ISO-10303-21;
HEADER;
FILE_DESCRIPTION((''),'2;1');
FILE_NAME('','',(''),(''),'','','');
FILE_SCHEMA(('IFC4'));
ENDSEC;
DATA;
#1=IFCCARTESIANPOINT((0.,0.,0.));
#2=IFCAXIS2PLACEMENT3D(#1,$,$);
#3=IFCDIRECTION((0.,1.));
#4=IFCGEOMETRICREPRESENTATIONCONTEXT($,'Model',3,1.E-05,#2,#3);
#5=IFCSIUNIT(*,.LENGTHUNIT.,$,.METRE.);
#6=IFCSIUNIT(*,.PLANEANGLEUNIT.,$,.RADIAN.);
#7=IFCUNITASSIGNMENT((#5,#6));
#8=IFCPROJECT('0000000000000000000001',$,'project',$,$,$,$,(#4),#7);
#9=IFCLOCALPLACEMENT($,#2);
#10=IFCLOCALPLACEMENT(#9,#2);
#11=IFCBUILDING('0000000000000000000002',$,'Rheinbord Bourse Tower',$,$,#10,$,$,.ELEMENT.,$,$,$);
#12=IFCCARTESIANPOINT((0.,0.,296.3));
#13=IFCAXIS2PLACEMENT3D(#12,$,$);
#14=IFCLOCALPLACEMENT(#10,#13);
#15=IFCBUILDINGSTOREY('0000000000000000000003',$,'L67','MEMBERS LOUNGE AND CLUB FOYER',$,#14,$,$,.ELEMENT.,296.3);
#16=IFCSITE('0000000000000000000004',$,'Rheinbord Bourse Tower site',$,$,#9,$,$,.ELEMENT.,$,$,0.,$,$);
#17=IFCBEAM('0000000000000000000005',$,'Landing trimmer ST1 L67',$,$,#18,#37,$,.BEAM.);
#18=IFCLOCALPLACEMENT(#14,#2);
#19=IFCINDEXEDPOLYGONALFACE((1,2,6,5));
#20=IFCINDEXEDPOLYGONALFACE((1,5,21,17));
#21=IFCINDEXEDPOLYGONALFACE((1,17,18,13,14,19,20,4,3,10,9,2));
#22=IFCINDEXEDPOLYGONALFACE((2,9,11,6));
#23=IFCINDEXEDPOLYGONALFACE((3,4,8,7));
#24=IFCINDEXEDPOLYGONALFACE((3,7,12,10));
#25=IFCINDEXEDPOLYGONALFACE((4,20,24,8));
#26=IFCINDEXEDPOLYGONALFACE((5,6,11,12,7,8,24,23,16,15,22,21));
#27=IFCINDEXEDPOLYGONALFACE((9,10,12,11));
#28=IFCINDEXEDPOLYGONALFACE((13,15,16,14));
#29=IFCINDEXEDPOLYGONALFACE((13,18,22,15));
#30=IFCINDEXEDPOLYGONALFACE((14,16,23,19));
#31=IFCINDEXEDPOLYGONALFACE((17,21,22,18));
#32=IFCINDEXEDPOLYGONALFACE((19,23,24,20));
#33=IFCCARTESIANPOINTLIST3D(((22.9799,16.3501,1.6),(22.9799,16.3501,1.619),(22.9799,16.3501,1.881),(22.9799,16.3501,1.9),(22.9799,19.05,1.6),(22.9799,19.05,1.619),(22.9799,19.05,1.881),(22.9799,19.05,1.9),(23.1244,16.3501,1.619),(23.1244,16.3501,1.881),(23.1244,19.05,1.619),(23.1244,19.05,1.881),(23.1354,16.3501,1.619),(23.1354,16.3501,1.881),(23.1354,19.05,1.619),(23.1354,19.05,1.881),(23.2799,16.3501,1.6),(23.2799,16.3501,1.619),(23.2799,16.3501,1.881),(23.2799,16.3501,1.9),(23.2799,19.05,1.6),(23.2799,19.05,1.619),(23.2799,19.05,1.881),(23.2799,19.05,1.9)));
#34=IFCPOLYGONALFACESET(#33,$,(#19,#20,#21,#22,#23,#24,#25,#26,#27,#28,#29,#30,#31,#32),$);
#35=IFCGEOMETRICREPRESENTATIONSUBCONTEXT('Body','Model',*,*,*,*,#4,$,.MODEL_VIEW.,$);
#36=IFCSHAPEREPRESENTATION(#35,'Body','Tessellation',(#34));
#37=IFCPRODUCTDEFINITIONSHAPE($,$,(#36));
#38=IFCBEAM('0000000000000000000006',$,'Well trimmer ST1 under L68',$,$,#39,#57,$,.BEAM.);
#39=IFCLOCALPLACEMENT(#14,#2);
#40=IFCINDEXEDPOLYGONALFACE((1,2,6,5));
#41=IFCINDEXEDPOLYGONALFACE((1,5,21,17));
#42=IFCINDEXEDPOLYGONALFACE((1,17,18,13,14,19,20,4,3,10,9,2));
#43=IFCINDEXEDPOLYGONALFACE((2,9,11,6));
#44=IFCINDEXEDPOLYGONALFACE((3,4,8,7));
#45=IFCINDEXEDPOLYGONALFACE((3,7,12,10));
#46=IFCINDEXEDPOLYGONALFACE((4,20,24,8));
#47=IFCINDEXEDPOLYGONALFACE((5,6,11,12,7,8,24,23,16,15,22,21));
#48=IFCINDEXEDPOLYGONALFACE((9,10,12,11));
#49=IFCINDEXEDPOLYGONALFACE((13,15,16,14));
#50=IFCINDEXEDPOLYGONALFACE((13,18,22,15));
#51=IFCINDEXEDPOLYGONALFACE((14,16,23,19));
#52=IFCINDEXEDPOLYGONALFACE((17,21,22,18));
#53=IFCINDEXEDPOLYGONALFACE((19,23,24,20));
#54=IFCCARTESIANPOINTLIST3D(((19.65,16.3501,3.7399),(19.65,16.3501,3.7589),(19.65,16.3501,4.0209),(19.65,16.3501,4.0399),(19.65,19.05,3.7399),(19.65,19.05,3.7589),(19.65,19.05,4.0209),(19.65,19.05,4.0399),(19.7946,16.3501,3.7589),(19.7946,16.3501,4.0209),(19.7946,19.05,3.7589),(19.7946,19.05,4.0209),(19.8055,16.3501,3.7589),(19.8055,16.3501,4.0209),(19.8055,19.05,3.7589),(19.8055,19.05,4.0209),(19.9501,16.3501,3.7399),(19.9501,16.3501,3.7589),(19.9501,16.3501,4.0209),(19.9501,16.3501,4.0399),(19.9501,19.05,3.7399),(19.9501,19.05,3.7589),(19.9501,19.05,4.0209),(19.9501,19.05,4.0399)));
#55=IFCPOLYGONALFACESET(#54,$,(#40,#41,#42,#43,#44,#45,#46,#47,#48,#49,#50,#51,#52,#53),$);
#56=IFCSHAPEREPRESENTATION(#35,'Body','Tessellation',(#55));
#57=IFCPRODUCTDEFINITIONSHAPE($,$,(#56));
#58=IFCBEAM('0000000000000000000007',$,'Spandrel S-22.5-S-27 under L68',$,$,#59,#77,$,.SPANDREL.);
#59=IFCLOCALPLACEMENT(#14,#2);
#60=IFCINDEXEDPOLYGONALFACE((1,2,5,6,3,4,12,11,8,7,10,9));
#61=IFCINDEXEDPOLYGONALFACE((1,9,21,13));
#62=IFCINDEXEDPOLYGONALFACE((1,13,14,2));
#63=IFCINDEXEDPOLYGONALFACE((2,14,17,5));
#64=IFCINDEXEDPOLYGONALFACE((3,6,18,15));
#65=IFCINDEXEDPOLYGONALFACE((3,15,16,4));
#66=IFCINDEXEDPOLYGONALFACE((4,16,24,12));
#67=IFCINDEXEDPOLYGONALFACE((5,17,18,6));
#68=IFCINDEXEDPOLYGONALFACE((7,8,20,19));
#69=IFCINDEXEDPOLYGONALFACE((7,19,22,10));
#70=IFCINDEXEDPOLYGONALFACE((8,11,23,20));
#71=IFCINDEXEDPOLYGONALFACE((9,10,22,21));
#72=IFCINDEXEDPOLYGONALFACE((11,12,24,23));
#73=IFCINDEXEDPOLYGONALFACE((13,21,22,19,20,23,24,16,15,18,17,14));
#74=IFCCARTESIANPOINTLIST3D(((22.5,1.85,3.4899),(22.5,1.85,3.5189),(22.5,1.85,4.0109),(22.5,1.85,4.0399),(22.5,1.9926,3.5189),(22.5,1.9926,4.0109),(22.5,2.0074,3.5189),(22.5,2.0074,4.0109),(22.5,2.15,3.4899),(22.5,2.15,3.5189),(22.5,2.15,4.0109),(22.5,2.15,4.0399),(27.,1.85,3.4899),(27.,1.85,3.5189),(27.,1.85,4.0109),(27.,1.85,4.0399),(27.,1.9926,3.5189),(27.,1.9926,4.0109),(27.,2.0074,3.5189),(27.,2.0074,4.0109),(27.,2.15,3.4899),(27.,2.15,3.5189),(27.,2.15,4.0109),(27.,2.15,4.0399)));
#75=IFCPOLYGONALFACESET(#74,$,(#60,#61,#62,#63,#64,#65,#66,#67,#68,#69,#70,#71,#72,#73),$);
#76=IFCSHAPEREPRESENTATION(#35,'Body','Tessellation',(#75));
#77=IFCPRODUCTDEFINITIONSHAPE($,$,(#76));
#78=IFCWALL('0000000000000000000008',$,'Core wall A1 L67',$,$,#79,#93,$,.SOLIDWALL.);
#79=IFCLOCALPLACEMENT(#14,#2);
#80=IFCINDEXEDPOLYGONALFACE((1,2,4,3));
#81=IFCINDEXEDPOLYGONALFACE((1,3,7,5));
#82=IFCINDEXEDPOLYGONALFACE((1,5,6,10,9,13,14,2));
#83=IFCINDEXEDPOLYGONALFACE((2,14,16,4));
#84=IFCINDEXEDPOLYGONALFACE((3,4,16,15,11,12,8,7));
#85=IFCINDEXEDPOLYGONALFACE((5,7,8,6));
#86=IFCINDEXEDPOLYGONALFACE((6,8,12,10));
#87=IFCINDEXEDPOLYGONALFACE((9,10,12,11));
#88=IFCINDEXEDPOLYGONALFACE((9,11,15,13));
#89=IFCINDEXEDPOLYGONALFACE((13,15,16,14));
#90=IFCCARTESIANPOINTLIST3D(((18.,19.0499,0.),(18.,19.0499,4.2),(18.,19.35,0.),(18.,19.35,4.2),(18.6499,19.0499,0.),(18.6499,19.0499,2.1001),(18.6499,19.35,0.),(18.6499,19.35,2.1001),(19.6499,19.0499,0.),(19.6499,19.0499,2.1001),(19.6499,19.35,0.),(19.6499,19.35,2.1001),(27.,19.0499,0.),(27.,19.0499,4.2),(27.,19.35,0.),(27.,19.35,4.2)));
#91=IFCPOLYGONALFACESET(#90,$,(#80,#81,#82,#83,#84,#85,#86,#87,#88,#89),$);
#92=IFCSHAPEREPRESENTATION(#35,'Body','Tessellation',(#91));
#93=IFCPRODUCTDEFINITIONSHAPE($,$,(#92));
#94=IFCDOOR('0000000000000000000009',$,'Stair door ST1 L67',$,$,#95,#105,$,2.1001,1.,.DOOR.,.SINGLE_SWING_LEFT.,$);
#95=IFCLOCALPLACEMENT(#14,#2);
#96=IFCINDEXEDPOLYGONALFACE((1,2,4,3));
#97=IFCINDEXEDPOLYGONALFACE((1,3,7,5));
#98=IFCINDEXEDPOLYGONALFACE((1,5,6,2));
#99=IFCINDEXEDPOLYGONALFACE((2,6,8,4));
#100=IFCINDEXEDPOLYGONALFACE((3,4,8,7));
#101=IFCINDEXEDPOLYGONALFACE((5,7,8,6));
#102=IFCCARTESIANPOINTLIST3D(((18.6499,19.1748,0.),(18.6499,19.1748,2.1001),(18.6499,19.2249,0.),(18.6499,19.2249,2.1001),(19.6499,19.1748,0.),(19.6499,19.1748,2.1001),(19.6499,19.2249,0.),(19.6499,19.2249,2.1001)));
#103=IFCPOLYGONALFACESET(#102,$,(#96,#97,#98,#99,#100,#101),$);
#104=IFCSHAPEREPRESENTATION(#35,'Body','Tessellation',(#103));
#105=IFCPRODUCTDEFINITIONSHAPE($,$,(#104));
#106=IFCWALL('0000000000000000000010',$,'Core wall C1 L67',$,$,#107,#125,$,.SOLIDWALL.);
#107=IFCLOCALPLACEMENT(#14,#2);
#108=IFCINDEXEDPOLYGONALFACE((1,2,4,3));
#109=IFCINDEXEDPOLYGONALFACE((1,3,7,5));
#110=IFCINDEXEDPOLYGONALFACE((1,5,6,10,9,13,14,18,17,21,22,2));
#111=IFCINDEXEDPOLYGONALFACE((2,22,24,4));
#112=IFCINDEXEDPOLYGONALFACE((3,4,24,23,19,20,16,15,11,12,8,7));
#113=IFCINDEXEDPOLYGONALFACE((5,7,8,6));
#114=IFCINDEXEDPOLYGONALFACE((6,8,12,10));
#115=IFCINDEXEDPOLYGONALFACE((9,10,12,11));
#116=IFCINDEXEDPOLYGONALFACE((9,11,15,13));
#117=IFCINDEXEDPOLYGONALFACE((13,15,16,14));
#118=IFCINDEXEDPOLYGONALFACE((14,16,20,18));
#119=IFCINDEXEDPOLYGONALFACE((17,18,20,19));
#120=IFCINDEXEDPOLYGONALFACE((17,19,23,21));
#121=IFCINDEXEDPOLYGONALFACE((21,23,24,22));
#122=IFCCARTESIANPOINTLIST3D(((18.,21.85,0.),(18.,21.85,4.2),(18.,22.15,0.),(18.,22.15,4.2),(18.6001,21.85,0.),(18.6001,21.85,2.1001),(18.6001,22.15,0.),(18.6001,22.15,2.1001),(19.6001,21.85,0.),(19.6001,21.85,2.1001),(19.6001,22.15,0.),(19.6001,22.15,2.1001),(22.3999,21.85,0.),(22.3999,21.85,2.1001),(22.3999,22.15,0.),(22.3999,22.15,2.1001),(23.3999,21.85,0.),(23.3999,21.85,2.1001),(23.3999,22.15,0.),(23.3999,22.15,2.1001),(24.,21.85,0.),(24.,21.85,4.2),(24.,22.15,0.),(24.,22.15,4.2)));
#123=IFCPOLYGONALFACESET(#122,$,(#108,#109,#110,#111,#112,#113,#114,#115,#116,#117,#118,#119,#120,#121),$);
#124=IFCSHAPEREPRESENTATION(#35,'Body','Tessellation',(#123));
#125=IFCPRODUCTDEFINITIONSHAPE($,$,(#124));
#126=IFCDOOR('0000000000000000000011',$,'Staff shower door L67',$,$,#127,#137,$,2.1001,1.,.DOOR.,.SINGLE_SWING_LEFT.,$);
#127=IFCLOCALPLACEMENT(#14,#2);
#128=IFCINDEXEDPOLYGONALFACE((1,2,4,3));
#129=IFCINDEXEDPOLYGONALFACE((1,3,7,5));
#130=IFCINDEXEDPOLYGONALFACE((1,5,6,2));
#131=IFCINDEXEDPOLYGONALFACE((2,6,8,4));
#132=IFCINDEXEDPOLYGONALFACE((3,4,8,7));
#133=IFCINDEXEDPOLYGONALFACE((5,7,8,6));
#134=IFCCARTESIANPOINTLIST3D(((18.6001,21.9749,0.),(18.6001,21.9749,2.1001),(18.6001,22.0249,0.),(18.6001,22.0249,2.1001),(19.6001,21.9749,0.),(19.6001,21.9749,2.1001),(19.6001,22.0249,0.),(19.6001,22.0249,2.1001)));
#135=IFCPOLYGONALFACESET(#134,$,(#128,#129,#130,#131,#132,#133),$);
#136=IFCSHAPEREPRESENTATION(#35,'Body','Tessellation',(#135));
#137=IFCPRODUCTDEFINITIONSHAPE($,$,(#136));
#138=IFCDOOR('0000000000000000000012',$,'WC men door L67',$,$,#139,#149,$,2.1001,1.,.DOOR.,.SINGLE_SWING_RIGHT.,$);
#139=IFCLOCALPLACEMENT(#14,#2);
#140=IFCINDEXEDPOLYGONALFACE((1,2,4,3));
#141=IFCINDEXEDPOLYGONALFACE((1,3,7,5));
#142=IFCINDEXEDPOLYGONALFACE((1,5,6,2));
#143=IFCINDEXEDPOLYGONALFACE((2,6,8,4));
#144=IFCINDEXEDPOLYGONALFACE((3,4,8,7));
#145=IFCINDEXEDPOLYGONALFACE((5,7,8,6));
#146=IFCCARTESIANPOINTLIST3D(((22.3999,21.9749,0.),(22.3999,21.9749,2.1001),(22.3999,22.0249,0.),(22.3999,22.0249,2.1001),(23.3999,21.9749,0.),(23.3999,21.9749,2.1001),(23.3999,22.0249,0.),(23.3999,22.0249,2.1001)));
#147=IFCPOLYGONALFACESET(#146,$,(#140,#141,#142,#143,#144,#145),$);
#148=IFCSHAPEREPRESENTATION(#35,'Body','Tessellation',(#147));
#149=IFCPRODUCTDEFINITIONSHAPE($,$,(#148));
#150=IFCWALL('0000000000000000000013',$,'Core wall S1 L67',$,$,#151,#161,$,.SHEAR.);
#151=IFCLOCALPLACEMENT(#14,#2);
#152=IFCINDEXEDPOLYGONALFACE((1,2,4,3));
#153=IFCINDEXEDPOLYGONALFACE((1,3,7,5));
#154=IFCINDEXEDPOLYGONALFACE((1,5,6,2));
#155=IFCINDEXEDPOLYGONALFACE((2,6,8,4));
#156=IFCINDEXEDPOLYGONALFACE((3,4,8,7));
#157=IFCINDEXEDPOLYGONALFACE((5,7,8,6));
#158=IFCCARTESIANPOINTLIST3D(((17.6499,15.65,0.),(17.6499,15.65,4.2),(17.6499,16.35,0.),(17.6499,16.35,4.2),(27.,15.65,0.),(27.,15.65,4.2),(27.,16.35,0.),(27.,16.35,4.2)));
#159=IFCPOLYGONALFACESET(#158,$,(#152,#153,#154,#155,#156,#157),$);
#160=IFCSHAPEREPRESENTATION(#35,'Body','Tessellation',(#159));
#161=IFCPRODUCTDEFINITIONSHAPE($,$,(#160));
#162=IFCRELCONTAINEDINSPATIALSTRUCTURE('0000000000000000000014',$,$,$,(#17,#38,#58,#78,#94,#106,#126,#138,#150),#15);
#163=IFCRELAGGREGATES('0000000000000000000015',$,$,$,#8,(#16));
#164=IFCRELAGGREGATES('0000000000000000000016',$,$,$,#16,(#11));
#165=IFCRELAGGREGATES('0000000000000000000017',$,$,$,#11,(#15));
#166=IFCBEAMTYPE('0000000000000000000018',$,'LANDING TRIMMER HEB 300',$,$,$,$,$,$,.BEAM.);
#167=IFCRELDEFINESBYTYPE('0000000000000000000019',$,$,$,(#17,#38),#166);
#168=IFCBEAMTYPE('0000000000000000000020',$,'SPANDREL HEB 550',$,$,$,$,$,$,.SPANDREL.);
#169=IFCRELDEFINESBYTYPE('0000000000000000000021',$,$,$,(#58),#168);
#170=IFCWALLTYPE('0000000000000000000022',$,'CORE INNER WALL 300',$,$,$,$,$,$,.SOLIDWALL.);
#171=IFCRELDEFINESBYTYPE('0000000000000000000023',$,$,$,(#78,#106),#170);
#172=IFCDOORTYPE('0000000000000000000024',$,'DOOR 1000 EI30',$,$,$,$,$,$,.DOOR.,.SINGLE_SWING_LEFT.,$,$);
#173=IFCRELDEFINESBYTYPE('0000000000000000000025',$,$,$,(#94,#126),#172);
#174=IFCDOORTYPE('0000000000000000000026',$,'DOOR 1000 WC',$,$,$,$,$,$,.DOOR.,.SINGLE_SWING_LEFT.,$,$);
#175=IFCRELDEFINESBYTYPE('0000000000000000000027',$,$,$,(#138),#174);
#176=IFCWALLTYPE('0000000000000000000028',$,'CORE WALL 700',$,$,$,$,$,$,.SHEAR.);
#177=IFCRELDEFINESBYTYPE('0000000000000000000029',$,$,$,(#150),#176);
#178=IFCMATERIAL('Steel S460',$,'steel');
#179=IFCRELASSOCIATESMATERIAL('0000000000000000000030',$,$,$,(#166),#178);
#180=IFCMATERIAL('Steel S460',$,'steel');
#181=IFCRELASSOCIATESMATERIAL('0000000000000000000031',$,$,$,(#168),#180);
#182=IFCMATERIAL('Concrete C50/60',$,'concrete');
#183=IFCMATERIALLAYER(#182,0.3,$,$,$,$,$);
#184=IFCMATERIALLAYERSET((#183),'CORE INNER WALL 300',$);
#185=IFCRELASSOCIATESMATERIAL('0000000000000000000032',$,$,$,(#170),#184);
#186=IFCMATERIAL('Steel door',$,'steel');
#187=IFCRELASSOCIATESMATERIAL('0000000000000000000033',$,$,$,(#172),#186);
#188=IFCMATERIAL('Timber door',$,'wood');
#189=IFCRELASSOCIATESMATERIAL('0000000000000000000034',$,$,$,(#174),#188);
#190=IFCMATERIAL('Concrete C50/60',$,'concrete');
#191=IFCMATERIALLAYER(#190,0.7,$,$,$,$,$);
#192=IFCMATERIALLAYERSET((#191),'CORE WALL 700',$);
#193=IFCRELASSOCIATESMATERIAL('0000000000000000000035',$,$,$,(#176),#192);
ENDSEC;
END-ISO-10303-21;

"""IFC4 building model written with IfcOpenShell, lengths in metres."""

from ifc_helpers import new_model, si_unit, direction, frame, frame_2d, origin, origin_2d, place, context, subcontext, project, spatial, rectangle, i_section, extrude, material, layer, layer_set, material_profile, profile_set, type_object, element, fill, save


model = new_model("IFC4")

# Units and contexts
model_context = context("Model", 3, precision=1e-05, world=origin(), true_north=direction((0.0, 1.0)))
body_context = subcontext(model_context, "Body", "Model", "MODEL_VIEW")
ifc_project = project(units=[si_unit("LENGTHUNIT", "METRE"), si_unit("PLANEANGLEUNIT", "RADIAN")], contexts=[model_context])

# Site, building, storey
site_placement = place(None, origin())
site = spatial("IfcSite", under=ifc_project, at=site_placement, Name="Rheinbord Bourse Tower site", CompositionType="ELEMENT", RefElevation=0.0)
building_placement = place(site_placement, origin())
building = spatial("IfcBuilding", under=site, at=building_placement, Name="Rheinbord Bourse Tower", CompositionType="ELEMENT")
storey_placement = place(building_placement, frame((0.0, 0.0, 296.3)))
storey = spatial("IfcBuildingStorey", under=building, at=storey_placement, Name="L67", Description="MEMBERS LOUNGE AND CLUB FOYER", CompositionType="ELEMENT", Elevation=296.3)

# Beams
ifc_material_1 = material(Name="Steel S460", Category="steel")
ifc_material_profile_1 = material_profile(ifc_material_1, i_section(OverallWidth=0.3, OverallDepth=0.3, WebThickness=0.011, FlangeThickness=0.019, at=origin_2d()), Name="HEB 300")
ifc_profile_set_1 = profile_set([ifc_material_profile_1], Name="Steel S460")
beam_type_1 = type_object("IfcBeamType", Name="LANDING TRIMMER HEB 300", PredefinedType="BEAM", material=ifc_profile_set_1)
for number, where, z_axis, x_axis, name in (
    (1, (23.1299, 16.3501, 1.75), (0.0, 1.0, 0.0), (-1.0, 0.0, 0.0), "Landing trimmer ST1 L67"),
    (2, (19.8, 16.3501, 3.8899), (0.0, 1.0, 0.0), (-1.0, 0.0, 0.0), "Well trimmer ST1 under L68"),
):
    element("IfcBeam", number, at=place(storey_placement, frame(where, z_axis=z_axis, x_axis=x_axis)), inside=storey, type_object=beam_type_1, Name=name, PredefinedType="BEAM", context=body_context, shape_type="SweptSolid", body=[
        extrude(i_section(OverallWidth=0.3, OverallDepth=0.3, WebThickness=0.011, FlangeThickness=0.019, at=origin_2d()), origin(), (0.0, 0.0, 1.0), 2.7),
    ])
ifc_material_2 = material(Name="Steel S460", Category="steel")
ifc_material_profile_2 = material_profile(ifc_material_2, i_section(OverallWidth=0.3, OverallDepth=0.55, WebThickness=0.0149, FlangeThickness=0.0291, at=origin_2d()), Name="HEB 550")
ifc_profile_set_2 = profile_set([ifc_material_profile_2], Name="Steel S460")
beam_type_2 = type_object("IfcBeamType", Name="SPANDREL HEB 550", PredefinedType="SPANDREL", material=ifc_profile_set_2)
beam_placement = place(storey_placement, frame((22.5, 2.0, 3.7649), z_axis=(1.0, 0.0, 0.0), x_axis=(0.0, 1.0, 0.0)))
element("IfcBeam", 3, at=beam_placement, inside=storey, type_object=beam_type_2, Name="Spandrel S-22.5-S-27 under L68", PredefinedType="SPANDREL", context=body_context, shape_type="SweptSolid", body=[
    extrude(i_section(OverallWidth=0.3, OverallDepth=0.55, WebThickness=0.0149, FlangeThickness=0.0291, at=origin_2d()), origin(), (0.0, 0.0, 1.0), 4.5),
])

# Wall, opening, door
ifc_material_3 = material(Name="Concrete C50/60", Category="concrete")
ifc_layer_1 = layer(ifc_material_3, 0.3)
ifc_layer_set_1 = layer_set([ifc_layer_1], Name="CORE INNER WALL 300")
wall_type_1 = type_object("IfcWallType", Name="CORE INNER WALL 300", PredefinedType="SOLIDWALL", material=ifc_layer_set_1)
wall_1_placement = place(storey_placement, frame((18.0, 19.2, 0.0), z_axis=(0.0, 0.0, 1.0), x_axis=(1.0, 0.0, 0.0)))
wall_1 = element("IfcWall", 4, at=wall_1_placement, inside=storey, type_object=wall_type_1, Name="Core wall A1 L67", PredefinedType="SOLIDWALL", context=body_context, shape_type="SweptSolid", body=[
    extrude(rectangle(XDim=9.0, YDim=0.3, at=frame_2d((4.5, 0.0))), origin(), (0.0, 0.0, 1.0), 4.2),
])
opening_1_placement = place(wall_1_placement, frame((0.6499, 0.0, 0.0)))
opening_1 = element("IfcOpeningElement", 5, at=opening_1_placement, cuts=wall_1, PredefinedType="OPENING", context=body_context, shape_type="SweptSolid", body=[
    extrude(rectangle(XDim=1.0, YDim=2.1001, at=frame_2d((0.5, 1.05))), frame((0.0, 0.1599, 0.0), z_axis=(0.0, -1.0, 0.0), x_axis=(1.0, 0.0, 0.0)), (0.0, 0.0, 1.0), 0.3201),
])
ifc_material_4 = material(Name="Steel door", Category="steel")
door_type_1 = type_object("IfcDoorType", Name="DOOR 1000 EI30", OperationType="SINGLE_SWING_LEFT", PredefinedType="DOOR", material=ifc_material_4)
door_1_placement = place(opening_1_placement, origin())
door_1 = element("IfcDoor", 6, at=door_1_placement, inside=storey, type_object=door_type_1, Name="Stair door ST1 L67", OperationType="SINGLE_SWING_LEFT", OverallHeight=2.1001, OverallWidth=1.0, PredefinedType="DOOR", context=body_context, shape_type="SweptSolid", body=[
    extrude(rectangle(XDim=1.0, YDim=2.1001, at=frame_2d((0.5, 1.05))), frame((0.0, 0.0249, 0.0), z_axis=(0.0, -1.0, 0.0), x_axis=(1.0, 0.0, 0.0)), (0.0, 0.0, 1.0), 0.05),
])
fill(opening_1, door_1)

# Wall, openings, doors
wall_2_placement = place(storey_placement, frame((18.0, 22.0, 0.0), z_axis=(0.0, 0.0, 1.0), x_axis=(1.0, 0.0, 0.0)))
wall_2 = element("IfcWall", 7, at=wall_2_placement, inside=storey, type_object=wall_type_1, Name="Core wall C1 L67", PredefinedType="SOLIDWALL", context=body_context, shape_type="SweptSolid", body=[
    extrude(rectangle(XDim=6.0, YDim=0.3, at=frame_2d((3.0, 0.0))), origin(), (0.0, 0.0, 1.0), 4.2),
])
opening_2_placement = place(wall_2_placement, frame((4.3999, 0.0, 0.0)))
opening_2 = element("IfcOpeningElement", 8, at=opening_2_placement, cuts=wall_2, PredefinedType="OPENING", context=body_context, shape_type="SweptSolid", body=[
    extrude(rectangle(XDim=1.0, YDim=2.1001, at=frame_2d((0.5, 1.05))), frame((0.0, 0.1599, 0.0), z_axis=(0.0, -1.0, 0.0), x_axis=(1.0, 0.0, 0.0)), (0.0, 0.0, 1.0), 0.3201),
])
opening_3_placement = place(wall_2_placement, frame((0.6001, 0.0, 0.0)))
opening_3 = element("IfcOpeningElement", 9, at=opening_3_placement, cuts=wall_2, PredefinedType="OPENING", context=body_context, shape_type="SweptSolid", body=[
    extrude(rectangle(XDim=1.0, YDim=2.1001, at=frame_2d((0.5, 1.05))), frame((0.0, 0.1599, 0.0), z_axis=(0.0, -1.0, 0.0), x_axis=(1.0, 0.0, 0.0)), (0.0, 0.0, 1.0), 0.3201),
])
door_2_placement = place(opening_3_placement, origin())
door_2 = element("IfcDoor", 10, at=door_2_placement, inside=storey, type_object=door_type_1, Name="Staff shower door L67", OperationType="SINGLE_SWING_LEFT", OverallHeight=2.1001, OverallWidth=1.0, PredefinedType="DOOR", context=body_context, shape_type="SweptSolid", body=[
    extrude(rectangle(XDim=1.0, YDim=2.1001, at=frame_2d((0.5, 1.05))), frame((0.0, 0.0249, 0.0), z_axis=(0.0, -1.0, 0.0), x_axis=(1.0, 0.0, 0.0)), (0.0, 0.0, 1.0), 0.05),
])
fill(opening_3, door_2)
ifc_material_5 = material(Name="Timber door", Category="wood")
door_type_2 = type_object("IfcDoorType", Name="DOOR 1000 WC", OperationType="SINGLE_SWING_LEFT", PredefinedType="DOOR", material=ifc_material_5)
door_3_placement = place(opening_2_placement, origin())
door_3 = element("IfcDoor", 11, at=door_3_placement, inside=storey, type_object=door_type_2, Name="WC men door L67", OperationType="SINGLE_SWING_RIGHT", OverallHeight=2.1001, OverallWidth=1.0, PredefinedType="DOOR", context=body_context, shape_type="SweptSolid", body=[
    extrude(rectangle(XDim=1.0, YDim=2.1001, at=frame_2d((0.5, 1.05))), frame((0.0, 0.0249, 0.0), z_axis=(0.0, -1.0, 0.0), x_axis=(1.0, 0.0, 0.0)), (0.0, 0.0, 1.0), 0.05),
])
fill(opening_2, door_3)

# Wall
ifc_material_6 = material(Name="Concrete C50/60", Category="concrete")
ifc_layer_2 = layer(ifc_material_6, 0.7)
ifc_layer_set_2 = layer_set([ifc_layer_2], Name="CORE WALL 700")
wall_type_2 = type_object("IfcWallType", Name="CORE WALL 700", PredefinedType="SHEAR", material=ifc_layer_set_2)
wall_3_placement = place(storey_placement, frame((17.6499, 16.0, 0.0), z_axis=(0.0, 0.0, 1.0), x_axis=(1.0, 0.0, 0.0)))
element("IfcWall", 12, at=wall_3_placement, inside=storey, type_object=wall_type_2, Name="Core wall S1 L67", PredefinedType="SHEAR", context=body_context, shape_type="SweptSolid", body=[
    extrude(rectangle(XDim=9.3501, YDim=0.7, at=frame_2d((4.675, 0.0))), origin(), (0.0, 0.0, 1.0), 4.2),
])

save(model, "model.ifc")
